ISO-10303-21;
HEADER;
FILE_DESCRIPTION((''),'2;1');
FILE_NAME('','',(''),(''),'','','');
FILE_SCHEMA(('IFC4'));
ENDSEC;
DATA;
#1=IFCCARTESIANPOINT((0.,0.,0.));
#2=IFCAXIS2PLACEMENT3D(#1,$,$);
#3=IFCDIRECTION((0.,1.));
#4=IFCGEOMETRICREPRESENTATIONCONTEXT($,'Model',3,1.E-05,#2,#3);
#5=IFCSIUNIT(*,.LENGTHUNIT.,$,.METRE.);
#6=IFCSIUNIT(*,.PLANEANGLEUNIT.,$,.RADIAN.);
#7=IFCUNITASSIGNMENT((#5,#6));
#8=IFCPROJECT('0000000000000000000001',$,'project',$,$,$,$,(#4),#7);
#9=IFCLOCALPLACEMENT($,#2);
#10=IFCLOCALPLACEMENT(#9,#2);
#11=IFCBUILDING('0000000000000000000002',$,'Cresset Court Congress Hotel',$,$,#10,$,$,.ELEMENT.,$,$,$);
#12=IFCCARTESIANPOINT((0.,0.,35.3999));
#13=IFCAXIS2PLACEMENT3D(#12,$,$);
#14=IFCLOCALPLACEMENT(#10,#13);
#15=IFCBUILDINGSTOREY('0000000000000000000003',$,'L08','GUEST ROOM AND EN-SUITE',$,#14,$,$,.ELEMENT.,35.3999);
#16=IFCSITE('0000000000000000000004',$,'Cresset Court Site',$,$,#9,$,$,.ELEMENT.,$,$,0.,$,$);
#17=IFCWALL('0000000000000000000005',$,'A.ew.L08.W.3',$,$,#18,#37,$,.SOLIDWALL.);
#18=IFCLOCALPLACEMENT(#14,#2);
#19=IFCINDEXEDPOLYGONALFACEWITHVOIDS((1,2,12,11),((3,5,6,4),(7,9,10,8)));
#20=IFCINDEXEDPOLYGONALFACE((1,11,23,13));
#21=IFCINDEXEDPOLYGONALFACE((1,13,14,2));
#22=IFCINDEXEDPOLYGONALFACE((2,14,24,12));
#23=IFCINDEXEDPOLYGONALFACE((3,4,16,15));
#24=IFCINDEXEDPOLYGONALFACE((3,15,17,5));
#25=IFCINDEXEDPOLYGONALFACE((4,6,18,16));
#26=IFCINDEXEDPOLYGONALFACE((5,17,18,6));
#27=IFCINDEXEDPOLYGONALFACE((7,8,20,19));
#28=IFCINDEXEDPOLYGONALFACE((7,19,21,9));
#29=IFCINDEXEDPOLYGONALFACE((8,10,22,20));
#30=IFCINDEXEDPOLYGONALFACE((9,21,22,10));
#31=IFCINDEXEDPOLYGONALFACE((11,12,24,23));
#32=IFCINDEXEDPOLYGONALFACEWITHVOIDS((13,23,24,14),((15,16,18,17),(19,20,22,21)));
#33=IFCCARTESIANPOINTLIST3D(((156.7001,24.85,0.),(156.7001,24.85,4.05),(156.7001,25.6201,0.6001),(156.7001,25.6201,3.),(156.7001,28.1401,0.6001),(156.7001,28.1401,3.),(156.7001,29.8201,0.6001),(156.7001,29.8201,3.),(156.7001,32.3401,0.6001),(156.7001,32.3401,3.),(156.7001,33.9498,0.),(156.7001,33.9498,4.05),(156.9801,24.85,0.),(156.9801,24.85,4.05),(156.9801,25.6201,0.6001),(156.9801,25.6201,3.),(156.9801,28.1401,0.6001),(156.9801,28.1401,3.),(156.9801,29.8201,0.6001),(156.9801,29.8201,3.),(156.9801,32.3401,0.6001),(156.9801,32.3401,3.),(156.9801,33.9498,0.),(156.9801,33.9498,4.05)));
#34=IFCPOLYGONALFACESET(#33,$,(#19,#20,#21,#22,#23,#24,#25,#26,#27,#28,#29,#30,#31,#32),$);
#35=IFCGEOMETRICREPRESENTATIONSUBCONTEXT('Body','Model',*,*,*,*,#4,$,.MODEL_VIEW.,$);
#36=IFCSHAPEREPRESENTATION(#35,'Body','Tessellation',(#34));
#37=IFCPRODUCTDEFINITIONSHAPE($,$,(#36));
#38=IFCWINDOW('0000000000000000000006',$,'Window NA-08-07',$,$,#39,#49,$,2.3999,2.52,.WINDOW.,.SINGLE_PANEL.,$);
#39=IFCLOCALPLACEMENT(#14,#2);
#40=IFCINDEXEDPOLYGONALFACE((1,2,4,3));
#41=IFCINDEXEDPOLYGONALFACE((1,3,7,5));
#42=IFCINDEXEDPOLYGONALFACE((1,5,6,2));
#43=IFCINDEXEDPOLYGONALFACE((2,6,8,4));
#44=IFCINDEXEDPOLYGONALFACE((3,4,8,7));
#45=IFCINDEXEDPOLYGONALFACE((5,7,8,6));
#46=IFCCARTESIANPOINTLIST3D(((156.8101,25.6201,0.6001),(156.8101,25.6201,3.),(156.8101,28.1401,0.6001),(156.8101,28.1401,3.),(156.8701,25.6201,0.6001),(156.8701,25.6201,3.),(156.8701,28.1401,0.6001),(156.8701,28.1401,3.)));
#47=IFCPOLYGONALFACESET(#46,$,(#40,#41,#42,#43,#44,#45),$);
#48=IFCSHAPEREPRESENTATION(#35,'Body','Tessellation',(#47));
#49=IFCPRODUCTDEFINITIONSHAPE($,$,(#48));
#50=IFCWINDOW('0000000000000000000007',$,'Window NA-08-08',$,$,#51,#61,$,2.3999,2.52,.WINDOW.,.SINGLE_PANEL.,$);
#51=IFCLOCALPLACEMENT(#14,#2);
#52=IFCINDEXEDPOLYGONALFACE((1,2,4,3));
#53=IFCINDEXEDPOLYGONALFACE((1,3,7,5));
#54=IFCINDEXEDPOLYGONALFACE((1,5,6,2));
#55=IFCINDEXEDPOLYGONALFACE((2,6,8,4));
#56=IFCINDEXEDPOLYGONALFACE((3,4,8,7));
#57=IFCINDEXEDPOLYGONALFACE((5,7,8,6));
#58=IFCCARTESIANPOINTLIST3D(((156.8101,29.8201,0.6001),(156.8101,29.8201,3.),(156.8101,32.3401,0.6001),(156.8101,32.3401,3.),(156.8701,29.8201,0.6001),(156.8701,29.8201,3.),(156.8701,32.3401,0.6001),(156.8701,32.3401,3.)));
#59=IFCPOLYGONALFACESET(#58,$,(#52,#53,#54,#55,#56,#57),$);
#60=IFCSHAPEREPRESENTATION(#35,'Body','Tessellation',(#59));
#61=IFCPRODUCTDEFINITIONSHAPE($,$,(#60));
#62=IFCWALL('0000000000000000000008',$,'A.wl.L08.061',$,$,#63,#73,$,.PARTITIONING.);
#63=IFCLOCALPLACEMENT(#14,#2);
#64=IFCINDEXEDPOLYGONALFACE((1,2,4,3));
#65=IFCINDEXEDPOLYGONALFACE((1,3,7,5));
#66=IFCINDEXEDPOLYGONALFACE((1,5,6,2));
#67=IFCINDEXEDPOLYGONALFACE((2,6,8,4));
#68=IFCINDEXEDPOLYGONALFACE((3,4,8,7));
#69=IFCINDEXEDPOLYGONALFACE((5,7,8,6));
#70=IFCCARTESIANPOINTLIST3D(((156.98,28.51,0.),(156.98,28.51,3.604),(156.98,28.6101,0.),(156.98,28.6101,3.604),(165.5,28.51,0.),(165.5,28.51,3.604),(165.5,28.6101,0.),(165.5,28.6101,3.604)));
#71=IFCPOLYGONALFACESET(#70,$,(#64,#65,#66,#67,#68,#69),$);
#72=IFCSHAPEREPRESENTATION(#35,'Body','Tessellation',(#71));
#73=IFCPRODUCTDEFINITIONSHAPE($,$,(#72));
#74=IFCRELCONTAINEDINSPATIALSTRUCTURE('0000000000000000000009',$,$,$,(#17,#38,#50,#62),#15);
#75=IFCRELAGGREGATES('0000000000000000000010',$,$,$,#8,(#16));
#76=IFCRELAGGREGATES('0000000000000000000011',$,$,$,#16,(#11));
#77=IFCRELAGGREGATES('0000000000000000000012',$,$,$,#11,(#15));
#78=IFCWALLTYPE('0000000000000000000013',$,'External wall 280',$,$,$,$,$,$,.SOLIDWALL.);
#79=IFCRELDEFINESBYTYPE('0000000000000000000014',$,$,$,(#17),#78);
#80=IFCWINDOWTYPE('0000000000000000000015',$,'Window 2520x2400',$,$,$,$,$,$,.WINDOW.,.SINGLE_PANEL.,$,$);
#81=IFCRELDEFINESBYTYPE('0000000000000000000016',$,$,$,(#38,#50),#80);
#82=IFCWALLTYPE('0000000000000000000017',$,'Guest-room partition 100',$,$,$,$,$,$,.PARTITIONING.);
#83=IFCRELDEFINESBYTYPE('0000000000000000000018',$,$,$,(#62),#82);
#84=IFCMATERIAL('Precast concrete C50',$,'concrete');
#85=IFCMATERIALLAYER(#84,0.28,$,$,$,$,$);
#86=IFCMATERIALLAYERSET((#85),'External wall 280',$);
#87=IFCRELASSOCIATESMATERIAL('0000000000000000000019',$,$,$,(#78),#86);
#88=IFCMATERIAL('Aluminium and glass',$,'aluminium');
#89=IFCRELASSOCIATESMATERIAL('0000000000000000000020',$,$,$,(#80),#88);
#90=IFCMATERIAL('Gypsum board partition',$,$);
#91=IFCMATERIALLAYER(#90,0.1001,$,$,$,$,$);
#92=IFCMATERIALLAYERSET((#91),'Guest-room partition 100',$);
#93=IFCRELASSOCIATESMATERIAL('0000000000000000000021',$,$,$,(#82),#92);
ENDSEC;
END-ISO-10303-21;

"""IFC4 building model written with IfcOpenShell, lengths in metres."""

from ifc_helpers import new_model, si_unit, direction, frame, frame_2d, origin, place, context, subcontext, project, spatial, rectangle, extrude, material, layer, layer_set, type_object, element, fill, save


model = new_model("IFC4")

# Units and contexts
model_context = context("Model", 3, precision=1e-05, world=origin(), true_north=direction((0.0, 1.0)))
body_context = subcontext(model_context, "Body", "Model", "MODEL_VIEW")
ifc_project = project(units=[si_unit("LENGTHUNIT", "METRE"), si_unit("PLANEANGLEUNIT", "RADIAN")], contexts=[model_context])

# Site, building, storey
site_placement = place(None, origin())
site = spatial("IfcSite", under=ifc_project, at=site_placement, Name="Cresset Court Site", CompositionType="ELEMENT", RefElevation=0.0)
building_placement = place(site_placement, origin())
building = spatial("IfcBuilding", under=site, at=building_placement, Name="Cresset Court Congress Hotel", CompositionType="ELEMENT")
storey_placement = place(building_placement, frame((0.0, 0.0, 35.3999)))
storey = spatial("IfcBuildingStorey", under=building, at=storey_placement, Name="L08", Description="GUEST ROOM AND EN-SUITE", CompositionType="ELEMENT", Elevation=35.3999)

# Shared definitions
ifc_material_1 = material(Name="Precast concrete C50", Category="concrete")
ifc_layer_1 = layer(ifc_material_1, 0.28)
ifc_layer_set_1 = layer_set([ifc_layer_1], Name="External wall 280")
wall_type_1 = type_object("IfcWallType", Name="External wall 280", PredefinedType="SOLIDWALL", material=ifc_layer_set_1)
ifc_material_2 = material(Name="Aluminium and glass", Category="aluminium")
window_type = type_object("IfcWindowType", Name="Window 2520x2400", PartitioningType="SINGLE_PANEL", PredefinedType="WINDOW", material=ifc_material_2)

# Wall, openings, windows
wall_1_placement = place(storey_placement, frame((156.8401, 24.8501, 0.0), z_axis=(0.0, 0.0, 1.0), x_axis=(0.0, 1.0, 0.0)))
wall_1 = element("IfcWall", 1, at=wall_1_placement, inside=storey, type_object=wall_type_1, Name="A.ew.L08.W.3", PredefinedType="SOLIDWALL", context=body_context, shape_type="SweptSolid", body=[
    extrude(rectangle(XDim=9.0999, YDim=0.28, at=frame_2d((4.5498, 0.0))), origin(), (0.0, 0.0, 1.0), 4.05),
])
opening_1_placement = place(wall_1_placement, frame((0.77, 0.0, 0.6001)))
opening_1 = element("IfcOpeningElement", 2, at=opening_1_placement, cuts=wall_1, PredefinedType="OPENING", context=body_context, shape_type="SweptSolid", body=[
    extrude(rectangle(XDim=2.52, YDim=2.3999, at=frame_2d((1.26, 1.2))), frame((0.0, 0.1499, 0.0), z_axis=(0.0, -1.0, 0.0), x_axis=(1.0, 0.0, 0.0)), (0.0, 0.0, 1.0), 0.3),
])
opening_2_placement = place(wall_1_placement, frame((4.97, 0.0, 0.6001)))
opening_2 = element("IfcOpeningElement", 3, at=opening_2_placement, cuts=wall_1, PredefinedType="OPENING", context=body_context, shape_type="SweptSolid", body=[
    extrude(rectangle(XDim=2.52, YDim=2.3999, at=frame_2d((1.26, 1.2))), frame((0.0, 0.1499, 0.0), z_axis=(0.0, -1.0, 0.0), x_axis=(1.0, 0.0, 0.0)), (0.0, 0.0, 1.0), 0.3),
])
window_1_placement = place(opening_1_placement, origin())
window_1 = element("IfcWindow", 4, at=window_1_placement, inside=storey, type_object=window_type, Name="Window NA-08-07", OverallHeight=2.3999, OverallWidth=2.52, PartitioningType="SINGLE_PANEL", PredefinedType="WINDOW", context=body_context, shape_type="SweptSolid", body=[
    extrude(rectangle(XDim=2.52, YDim=2.3999, at=frame_2d((1.26, 1.2))), frame((0.0, 0.03, 0.0), z_axis=(0.0, -1.0, 0.0), x_axis=(1.0, 0.0, 0.0)), (0.0, 0.0, 1.0), 0.0601),
])
fill(opening_1, window_1)
window_2_placement = place(opening_2_placement, origin())
window_2 = element("IfcWindow", 5, at=window_2_placement, inside=storey, type_object=window_type, Name="Window NA-08-08", OverallHeight=2.3999, OverallWidth=2.52, PartitioningType="SINGLE_PANEL", PredefinedType="WINDOW", context=body_context, shape_type="SweptSolid", body=[
    extrude(rectangle(XDim=2.52, YDim=2.3999, at=frame_2d((1.26, 1.2))), frame((0.0, 0.03, 0.0), z_axis=(0.0, -1.0, 0.0), x_axis=(1.0, 0.0, 0.0)), (0.0, 0.0, 1.0), 0.0601),
])
fill(opening_2, window_2)

# Wall
ifc_material_3 = material(Name="Gypsum board partition")
ifc_layer_2 = layer(ifc_material_3, 0.1001)
ifc_layer_set_2 = layer_set([ifc_layer_2], Name="Guest-room partition 100")
wall_type_2 = type_object("IfcWallType", Name="Guest-room partition 100", PredefinedType="PARTITIONING", material=ifc_layer_set_2)
wall_2_placement = place(storey_placement, frame((156.98, 28.5601, 0.0), z_axis=(0.0, 0.0, 1.0), x_axis=(1.0, 0.0, 0.0)))
element("IfcWall", 6, at=wall_2_placement, inside=storey, type_object=wall_type_2, Name="A.wl.L08.061", PredefinedType="PARTITIONING", context=body_context, shape_type="SweptSolid", body=[
    extrude(rectangle(XDim=8.52, YDim=0.1001, at=frame_2d((4.26, 0.0))), origin(), (0.0, 0.0, 1.0), 3.604),
])

save(model, "model.ifc")
